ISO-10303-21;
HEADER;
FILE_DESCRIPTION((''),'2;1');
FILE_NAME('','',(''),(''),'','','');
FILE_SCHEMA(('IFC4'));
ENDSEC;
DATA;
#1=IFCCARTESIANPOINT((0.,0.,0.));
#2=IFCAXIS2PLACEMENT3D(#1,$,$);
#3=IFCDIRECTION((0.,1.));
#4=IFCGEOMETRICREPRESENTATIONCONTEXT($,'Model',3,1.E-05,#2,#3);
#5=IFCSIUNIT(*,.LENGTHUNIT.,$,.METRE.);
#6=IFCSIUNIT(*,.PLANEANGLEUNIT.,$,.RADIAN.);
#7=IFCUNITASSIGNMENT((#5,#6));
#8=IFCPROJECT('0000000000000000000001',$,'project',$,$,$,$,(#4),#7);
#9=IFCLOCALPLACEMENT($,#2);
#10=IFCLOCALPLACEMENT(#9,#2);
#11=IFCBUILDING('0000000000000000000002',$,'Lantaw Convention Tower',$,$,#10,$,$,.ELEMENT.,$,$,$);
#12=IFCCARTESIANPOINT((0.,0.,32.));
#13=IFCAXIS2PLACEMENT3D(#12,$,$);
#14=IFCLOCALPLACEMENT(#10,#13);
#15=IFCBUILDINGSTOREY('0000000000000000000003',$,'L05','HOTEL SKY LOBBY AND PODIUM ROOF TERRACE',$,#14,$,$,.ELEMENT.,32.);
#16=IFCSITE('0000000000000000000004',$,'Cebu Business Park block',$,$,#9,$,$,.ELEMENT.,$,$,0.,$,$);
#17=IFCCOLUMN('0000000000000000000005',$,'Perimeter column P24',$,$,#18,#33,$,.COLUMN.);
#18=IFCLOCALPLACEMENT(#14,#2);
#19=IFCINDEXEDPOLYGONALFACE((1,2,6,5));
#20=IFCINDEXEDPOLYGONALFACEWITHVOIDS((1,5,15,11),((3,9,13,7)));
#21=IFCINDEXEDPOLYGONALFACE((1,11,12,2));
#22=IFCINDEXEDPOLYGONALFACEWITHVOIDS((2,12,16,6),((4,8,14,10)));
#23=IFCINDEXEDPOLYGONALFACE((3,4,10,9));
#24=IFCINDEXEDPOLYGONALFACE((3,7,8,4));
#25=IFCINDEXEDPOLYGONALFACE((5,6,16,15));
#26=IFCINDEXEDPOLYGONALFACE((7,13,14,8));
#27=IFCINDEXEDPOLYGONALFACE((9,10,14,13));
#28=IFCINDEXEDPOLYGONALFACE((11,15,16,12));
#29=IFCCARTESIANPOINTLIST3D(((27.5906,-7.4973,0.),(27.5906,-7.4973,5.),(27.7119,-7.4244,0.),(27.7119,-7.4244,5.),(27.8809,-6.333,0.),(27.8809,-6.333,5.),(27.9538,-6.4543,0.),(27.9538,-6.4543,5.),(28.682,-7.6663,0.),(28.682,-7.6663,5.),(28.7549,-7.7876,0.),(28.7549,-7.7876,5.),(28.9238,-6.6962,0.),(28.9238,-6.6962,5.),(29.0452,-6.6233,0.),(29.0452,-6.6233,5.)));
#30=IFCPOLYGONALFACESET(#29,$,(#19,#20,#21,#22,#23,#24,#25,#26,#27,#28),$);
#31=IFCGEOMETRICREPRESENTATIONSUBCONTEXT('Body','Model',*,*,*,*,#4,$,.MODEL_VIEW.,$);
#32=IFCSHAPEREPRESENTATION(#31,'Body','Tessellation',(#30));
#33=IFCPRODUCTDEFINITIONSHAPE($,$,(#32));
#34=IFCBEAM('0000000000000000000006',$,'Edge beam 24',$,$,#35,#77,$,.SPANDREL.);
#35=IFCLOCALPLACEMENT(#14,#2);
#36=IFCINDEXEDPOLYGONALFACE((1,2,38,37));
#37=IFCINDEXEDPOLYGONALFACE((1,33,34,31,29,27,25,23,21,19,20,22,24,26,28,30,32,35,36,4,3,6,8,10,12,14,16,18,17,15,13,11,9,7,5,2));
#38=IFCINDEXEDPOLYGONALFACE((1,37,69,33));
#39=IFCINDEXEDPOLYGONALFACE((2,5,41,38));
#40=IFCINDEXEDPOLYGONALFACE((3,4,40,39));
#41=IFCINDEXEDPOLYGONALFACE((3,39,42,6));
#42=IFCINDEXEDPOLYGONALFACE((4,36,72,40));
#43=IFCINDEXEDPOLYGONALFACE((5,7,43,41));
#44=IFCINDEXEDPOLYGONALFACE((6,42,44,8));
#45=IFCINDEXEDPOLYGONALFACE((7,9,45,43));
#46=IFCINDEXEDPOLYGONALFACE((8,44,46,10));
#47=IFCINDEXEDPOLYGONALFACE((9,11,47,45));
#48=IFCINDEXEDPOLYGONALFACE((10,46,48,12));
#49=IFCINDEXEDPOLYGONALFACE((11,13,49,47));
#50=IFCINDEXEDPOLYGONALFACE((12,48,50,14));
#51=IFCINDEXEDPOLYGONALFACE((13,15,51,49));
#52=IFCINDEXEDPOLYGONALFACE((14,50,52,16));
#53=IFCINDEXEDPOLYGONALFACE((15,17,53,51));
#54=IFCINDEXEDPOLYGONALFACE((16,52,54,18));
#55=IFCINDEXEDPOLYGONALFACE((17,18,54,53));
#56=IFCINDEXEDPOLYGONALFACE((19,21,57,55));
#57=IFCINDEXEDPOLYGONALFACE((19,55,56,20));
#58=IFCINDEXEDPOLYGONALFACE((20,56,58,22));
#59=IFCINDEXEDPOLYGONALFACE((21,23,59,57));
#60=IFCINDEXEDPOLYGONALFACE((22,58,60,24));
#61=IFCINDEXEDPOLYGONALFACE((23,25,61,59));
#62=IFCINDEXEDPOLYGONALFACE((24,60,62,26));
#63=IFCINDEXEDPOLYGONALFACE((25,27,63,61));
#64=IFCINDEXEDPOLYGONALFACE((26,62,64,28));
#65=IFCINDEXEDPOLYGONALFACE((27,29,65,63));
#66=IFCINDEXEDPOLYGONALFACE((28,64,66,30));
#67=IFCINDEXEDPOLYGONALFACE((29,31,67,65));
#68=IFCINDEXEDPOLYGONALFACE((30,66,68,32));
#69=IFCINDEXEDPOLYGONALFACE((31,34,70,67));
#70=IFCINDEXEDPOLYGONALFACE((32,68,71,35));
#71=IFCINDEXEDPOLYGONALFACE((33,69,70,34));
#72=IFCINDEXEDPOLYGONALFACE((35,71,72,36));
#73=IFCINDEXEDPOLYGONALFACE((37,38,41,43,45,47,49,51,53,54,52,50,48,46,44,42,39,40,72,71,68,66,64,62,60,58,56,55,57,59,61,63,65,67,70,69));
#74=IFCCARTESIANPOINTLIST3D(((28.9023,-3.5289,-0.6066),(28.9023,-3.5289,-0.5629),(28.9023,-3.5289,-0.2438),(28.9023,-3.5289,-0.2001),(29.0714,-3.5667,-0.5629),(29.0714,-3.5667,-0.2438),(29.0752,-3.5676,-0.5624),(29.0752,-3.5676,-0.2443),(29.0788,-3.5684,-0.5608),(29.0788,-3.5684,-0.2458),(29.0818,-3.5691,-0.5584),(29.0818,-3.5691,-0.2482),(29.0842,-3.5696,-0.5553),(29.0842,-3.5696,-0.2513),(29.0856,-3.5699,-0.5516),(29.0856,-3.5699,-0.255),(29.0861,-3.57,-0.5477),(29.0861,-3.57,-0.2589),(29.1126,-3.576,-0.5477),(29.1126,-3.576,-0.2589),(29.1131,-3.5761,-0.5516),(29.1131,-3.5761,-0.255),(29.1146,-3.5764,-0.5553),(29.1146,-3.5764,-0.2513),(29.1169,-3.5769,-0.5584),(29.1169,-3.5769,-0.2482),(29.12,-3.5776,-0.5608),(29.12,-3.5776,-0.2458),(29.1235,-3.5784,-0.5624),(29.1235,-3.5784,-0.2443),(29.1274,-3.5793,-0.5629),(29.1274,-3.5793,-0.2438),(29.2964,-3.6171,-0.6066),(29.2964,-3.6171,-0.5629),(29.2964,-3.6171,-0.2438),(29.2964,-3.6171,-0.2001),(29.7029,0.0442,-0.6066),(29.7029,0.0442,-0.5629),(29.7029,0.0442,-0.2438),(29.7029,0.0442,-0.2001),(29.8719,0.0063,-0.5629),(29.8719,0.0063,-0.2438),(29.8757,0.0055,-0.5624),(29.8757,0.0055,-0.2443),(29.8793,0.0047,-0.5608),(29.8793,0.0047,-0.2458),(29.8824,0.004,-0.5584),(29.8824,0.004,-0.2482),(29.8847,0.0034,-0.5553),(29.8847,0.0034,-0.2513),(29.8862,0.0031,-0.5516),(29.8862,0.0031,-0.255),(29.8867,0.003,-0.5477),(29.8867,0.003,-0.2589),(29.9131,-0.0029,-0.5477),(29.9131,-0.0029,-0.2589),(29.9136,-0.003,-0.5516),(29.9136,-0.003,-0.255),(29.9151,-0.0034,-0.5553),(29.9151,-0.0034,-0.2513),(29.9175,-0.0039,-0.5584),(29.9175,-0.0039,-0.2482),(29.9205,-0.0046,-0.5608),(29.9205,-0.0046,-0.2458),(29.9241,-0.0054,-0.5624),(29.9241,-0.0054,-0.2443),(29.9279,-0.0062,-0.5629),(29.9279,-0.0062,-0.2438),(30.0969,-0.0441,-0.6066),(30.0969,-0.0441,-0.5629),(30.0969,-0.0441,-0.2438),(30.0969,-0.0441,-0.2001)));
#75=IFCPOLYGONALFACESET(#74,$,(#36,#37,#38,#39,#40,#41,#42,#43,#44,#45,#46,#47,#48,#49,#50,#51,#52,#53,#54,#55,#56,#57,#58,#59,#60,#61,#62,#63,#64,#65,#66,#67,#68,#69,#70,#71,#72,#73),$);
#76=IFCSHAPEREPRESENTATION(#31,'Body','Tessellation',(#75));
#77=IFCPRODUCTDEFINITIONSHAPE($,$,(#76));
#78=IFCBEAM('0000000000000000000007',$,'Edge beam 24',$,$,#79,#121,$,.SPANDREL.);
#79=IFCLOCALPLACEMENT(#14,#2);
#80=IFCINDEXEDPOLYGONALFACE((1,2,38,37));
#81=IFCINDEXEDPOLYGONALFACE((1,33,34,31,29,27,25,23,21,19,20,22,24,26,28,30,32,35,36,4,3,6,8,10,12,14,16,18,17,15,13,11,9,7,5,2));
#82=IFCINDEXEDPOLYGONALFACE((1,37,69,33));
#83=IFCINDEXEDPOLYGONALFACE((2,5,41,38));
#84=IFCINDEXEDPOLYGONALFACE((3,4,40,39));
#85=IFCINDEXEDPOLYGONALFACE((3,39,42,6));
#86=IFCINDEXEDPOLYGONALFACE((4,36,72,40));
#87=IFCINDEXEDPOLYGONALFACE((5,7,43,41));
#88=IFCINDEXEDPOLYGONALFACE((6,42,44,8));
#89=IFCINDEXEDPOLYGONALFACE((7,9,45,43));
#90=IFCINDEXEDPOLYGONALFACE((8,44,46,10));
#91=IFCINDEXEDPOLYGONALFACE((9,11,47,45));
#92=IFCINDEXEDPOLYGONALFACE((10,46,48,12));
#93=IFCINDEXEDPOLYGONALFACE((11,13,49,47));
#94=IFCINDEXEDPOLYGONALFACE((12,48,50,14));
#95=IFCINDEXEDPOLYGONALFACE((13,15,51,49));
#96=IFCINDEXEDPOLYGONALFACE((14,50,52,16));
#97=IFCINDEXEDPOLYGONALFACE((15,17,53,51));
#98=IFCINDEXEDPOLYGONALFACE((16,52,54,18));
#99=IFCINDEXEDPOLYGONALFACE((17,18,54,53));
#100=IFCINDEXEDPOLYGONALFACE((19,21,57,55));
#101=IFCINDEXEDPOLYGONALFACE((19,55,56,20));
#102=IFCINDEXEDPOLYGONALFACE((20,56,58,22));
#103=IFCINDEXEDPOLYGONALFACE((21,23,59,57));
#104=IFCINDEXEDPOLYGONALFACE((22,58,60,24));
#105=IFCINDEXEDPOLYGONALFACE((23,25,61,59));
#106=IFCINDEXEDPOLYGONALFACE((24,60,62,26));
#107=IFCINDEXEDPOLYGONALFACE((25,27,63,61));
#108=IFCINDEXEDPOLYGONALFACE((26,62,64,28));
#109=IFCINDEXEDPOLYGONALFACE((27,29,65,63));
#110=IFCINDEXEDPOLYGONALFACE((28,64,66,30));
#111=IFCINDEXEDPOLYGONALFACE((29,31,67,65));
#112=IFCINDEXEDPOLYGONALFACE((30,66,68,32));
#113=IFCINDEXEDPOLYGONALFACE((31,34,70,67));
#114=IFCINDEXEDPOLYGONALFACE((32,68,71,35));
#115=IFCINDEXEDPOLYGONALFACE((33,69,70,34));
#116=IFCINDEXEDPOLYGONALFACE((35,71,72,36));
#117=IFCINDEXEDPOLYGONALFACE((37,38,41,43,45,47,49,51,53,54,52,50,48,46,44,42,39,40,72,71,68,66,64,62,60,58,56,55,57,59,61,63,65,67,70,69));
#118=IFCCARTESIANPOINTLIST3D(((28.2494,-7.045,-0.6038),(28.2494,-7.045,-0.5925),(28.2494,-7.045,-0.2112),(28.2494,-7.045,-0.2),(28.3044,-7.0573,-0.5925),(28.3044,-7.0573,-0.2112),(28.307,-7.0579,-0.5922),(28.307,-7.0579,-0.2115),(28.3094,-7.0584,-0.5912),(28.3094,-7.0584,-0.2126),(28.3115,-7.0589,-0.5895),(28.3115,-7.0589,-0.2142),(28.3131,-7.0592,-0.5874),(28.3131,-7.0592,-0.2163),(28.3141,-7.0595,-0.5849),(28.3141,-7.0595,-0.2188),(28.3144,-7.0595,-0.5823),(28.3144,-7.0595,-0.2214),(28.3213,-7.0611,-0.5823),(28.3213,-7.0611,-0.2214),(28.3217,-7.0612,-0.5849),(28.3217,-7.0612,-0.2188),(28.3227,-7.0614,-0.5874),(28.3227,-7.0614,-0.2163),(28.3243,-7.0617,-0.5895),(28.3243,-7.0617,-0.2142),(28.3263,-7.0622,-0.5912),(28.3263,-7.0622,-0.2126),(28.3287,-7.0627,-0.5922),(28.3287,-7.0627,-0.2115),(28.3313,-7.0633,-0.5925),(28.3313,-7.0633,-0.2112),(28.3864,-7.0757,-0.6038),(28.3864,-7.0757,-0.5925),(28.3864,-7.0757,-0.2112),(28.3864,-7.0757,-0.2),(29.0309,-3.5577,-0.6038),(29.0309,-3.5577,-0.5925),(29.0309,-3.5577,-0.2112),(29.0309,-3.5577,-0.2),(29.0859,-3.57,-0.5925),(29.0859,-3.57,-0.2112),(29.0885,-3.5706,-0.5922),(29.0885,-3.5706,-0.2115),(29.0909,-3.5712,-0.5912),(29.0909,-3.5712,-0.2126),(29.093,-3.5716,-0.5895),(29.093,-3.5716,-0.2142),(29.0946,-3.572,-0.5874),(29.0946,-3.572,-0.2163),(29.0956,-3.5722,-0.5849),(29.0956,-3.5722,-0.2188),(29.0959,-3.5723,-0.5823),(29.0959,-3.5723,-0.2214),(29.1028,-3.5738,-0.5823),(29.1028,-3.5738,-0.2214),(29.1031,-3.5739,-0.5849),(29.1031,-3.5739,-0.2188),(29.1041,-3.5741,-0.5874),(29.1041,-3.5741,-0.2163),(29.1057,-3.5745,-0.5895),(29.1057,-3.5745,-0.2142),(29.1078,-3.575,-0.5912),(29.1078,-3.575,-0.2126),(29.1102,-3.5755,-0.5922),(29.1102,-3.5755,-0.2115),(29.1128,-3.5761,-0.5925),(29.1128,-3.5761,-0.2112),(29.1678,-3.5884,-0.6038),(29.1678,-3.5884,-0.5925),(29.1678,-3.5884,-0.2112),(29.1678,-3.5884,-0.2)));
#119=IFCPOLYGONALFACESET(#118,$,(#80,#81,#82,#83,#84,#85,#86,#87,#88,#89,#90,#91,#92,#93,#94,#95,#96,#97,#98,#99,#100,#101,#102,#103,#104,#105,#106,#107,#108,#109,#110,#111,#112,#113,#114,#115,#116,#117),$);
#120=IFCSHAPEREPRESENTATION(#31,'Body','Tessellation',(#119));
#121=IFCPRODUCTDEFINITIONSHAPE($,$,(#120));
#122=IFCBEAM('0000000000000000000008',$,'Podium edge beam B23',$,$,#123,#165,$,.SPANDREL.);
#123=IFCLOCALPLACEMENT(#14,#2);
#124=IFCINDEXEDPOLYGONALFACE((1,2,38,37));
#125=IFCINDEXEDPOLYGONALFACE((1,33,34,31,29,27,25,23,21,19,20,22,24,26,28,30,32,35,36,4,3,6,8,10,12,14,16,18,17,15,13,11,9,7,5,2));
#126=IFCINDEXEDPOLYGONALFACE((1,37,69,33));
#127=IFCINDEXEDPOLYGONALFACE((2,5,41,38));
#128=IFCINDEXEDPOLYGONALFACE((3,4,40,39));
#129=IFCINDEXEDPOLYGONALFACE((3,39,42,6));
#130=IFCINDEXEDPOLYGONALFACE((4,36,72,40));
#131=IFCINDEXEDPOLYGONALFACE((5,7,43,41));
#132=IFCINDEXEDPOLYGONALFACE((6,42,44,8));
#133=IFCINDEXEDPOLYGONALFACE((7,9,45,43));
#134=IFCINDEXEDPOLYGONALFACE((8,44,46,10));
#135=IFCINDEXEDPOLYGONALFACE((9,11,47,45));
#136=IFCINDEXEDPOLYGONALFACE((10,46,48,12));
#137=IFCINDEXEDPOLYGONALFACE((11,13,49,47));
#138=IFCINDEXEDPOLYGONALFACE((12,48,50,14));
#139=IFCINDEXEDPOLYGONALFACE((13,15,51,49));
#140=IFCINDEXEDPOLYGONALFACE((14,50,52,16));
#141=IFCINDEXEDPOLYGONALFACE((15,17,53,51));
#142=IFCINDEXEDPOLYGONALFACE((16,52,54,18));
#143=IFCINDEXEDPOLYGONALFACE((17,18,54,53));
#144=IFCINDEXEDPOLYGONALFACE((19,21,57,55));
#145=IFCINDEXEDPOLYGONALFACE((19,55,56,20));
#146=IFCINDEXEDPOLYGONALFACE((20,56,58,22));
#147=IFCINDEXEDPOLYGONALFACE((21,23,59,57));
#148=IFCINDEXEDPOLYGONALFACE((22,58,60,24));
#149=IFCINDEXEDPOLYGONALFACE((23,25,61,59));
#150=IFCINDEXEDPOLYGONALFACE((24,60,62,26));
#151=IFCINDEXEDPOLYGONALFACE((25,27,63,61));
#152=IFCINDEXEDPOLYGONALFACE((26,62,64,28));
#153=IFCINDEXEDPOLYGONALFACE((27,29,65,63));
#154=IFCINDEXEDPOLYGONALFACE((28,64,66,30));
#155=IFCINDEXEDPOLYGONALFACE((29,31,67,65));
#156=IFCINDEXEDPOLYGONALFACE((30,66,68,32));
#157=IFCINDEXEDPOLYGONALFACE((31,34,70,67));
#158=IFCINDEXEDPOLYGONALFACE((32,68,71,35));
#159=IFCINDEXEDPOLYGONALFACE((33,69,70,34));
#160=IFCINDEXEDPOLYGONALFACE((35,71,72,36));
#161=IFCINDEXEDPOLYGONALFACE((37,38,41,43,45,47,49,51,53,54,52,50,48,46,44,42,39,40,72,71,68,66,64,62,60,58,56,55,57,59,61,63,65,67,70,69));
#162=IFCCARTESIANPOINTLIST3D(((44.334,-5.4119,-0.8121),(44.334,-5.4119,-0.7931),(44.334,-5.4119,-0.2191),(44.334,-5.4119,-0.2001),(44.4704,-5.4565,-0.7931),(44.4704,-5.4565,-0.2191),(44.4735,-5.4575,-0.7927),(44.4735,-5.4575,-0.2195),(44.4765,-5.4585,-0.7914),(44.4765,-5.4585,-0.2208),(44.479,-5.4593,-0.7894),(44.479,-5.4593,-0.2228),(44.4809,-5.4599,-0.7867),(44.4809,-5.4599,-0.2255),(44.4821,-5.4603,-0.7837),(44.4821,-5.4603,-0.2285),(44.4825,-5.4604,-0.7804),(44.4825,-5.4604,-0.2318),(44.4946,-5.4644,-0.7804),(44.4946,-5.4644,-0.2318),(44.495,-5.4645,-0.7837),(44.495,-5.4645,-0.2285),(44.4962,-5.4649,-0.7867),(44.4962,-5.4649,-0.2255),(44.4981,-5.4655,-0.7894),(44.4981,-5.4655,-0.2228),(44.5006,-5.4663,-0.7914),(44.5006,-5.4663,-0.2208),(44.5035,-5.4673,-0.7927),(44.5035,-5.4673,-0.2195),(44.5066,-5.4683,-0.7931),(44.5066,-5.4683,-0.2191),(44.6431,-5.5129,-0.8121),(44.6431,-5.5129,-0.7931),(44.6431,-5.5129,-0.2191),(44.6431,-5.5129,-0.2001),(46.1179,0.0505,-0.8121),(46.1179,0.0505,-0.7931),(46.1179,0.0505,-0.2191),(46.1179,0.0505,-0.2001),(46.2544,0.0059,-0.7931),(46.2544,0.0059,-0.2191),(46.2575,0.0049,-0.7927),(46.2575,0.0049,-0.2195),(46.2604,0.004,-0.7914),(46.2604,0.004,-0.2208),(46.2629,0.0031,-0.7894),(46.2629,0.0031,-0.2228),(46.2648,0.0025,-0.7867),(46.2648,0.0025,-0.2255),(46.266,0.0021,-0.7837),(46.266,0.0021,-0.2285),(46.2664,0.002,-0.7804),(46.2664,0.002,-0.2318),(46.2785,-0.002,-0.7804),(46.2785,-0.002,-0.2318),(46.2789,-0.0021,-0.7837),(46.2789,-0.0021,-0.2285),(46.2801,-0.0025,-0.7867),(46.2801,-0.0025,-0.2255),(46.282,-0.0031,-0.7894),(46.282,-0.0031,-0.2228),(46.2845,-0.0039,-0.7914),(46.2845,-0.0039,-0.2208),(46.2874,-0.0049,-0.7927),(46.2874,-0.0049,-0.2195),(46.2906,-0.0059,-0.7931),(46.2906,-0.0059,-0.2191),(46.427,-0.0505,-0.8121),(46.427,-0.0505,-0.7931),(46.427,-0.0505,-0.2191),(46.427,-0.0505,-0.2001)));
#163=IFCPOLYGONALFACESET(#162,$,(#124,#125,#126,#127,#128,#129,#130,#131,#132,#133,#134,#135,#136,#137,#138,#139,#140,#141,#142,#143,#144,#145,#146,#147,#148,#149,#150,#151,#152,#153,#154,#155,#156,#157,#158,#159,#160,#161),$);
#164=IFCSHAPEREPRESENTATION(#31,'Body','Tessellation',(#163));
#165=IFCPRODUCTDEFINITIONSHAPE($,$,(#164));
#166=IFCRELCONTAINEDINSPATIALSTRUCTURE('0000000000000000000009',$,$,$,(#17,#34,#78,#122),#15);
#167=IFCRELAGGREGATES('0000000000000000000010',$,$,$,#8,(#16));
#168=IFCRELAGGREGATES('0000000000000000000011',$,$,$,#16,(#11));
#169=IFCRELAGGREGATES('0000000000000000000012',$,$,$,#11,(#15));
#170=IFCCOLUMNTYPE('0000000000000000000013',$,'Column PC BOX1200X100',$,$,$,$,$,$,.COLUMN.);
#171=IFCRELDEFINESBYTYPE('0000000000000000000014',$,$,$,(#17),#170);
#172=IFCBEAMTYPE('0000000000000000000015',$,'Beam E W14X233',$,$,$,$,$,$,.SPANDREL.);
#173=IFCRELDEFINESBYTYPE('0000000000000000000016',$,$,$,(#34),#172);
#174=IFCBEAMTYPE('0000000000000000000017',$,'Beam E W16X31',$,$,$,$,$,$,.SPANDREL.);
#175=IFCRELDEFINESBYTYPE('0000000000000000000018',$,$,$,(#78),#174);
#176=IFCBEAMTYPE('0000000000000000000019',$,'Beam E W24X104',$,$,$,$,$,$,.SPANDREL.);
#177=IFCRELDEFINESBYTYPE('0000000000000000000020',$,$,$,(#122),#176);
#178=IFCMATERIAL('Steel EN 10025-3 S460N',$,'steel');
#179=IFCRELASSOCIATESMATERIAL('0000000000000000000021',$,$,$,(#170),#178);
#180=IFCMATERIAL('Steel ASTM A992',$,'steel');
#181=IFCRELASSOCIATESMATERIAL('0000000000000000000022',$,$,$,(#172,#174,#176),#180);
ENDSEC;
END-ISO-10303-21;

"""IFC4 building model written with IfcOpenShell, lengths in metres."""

from ifc_helpers import new_model, si_unit, direction, frame, origin, origin_2d, place, context, subcontext, project, spatial, rectangle, hollow_rectangle, i_section, extrude, material, material_profile, profile_set, type_object, element, save


model = new_model("IFC4")

# Units and contexts
model_context = context("Model", 3, precision=1e-05, world=origin(), true_north=direction((0.0, 1.0)))
body_context = subcontext(model_context, "Body", "Model", "MODEL_VIEW")
ifc_project = project(units=[si_unit("LENGTHUNIT", "METRE"), si_unit("PLANEANGLEUNIT", "RADIAN")], contexts=[model_context])

# Site, building, storey
site_placement = place(None, origin())
site = spatial("IfcSite", under=ifc_project, at=site_placement, Name="Cebu Business Park block", CompositionType="ELEMENT", RefElevation=0.0)
building_placement = place(site_placement, origin())
building = spatial("IfcBuilding", under=site, at=building_placement, Name="Lantaw Convention Tower", CompositionType="ELEMENT")
storey_placement = place(building_placement, frame((0.0, 0.0, 32.0)))
storey = spatial("IfcBuildingStorey", under=building, at=storey_placement, Name="L05", Description="HOTEL SKY LOBBY AND PODIUM ROOF TERRACE", CompositionType="ELEMENT", Elevation=32.0)

# Column
ifc_material_1 = material(Name="Steel EN 10025-3 S460N", Category="steel")
ifc_material_profile_1 = material_profile(ifc_material_1, hollow_rectangle(XDim=1.2, YDim=1.2, WallThickness=0.1001, at=origin_2d()), Name="BOX1200X100")
ifc_material_2 = material(Name="Concrete C60/75", Category="concrete")
ifc_material_profile_2 = material_profile(ifc_material_2, rectangle(XDim=1.0, YDim=1.0, at=origin_2d()), Name="Concrete fill of BOX1200X100")
ifc_profile_set_1 = profile_set([ifc_material_profile_1, ifc_material_profile_2], Name="Steel EN 10025-3 S460N")
column_type = type_object("IfcColumnType", Name="Column PC BOX1200X100", PredefinedType="COLUMN", material=ifc_profile_set_1)
column_placement = place(storey_placement, frame((28.3179, -7.0603, 0.0), z_axis=(0.0, 0.0, 1.0), x_axis=(0.241922, 0.970296, 0.0)))
element("IfcColumn", 1, at=column_placement, inside=storey, type_object=column_type, Name="Perimeter column P24", PredefinedType="COLUMN", context=body_context, shape_type="SweptSolid", body=[
    extrude(hollow_rectangle(XDim=1.2, YDim=1.2, WallThickness=0.1001, at=origin_2d()), origin(), (0.0, 0.0, 1.0), 5.0),
])

# Beams
ifc_material_3 = material(Name="Steel ASTM A992", Category="steel")
ifc_material_profile_3 = material_profile(ifc_material_3, i_section(OverallWidth=0.4038, OverallDepth=0.4065, WebThickness=0.0271, FlangeThickness=0.0437, FilletRadius=0.0151, at=origin_2d()), Name="W14X233")
ifc_profile_set_2 = profile_set([ifc_material_profile_3], Name="Steel ASTM A992")
beam_type_1 = type_object("IfcBeamType", Name="Beam E W14X233", PredefinedType="SPANDREL", material=ifc_profile_set_2)
beam_1_placement = place(storey_placement, frame((29.0994, -3.573, -0.4033), z_axis=(0.218632, 0.975807, 0.0), x_axis=(-0.975807, 0.218632, 0.0)))
element("IfcBeam", 2, at=beam_1_placement, inside=storey, type_object=beam_type_1, Name="Edge beam 24", PredefinedType="SPANDREL", context=body_context, shape_type="SweptSolid", body=[
    extrude(i_section(OverallWidth=0.4038, OverallDepth=0.4065, WebThickness=0.0271, FlangeThickness=0.0437, FilletRadius=0.0151, at=origin_2d()), origin(), (0.0, 0.0, 1.0), 3.6616),
])
ifc_material_profile_4 = material_profile(ifc_material_3, i_section(OverallWidth=0.1404, OverallDepth=0.4038, WebThickness=0.0071, FlangeThickness=0.0112, FilletRadius=0.0103, at=origin_2d()), Name="W16X31")
ifc_profile_set_3 = profile_set([ifc_material_profile_4], Name="Steel ASTM A992")
beam_type_2 = type_object("IfcBeamType", Name="Beam E W16X31", PredefinedType="SPANDREL", material=ifc_profile_set_3)
beam_2_placement = place(storey_placement, frame((28.3179, -7.0603, -0.4019), z_axis=(0.218673, 0.975798, 0.0), x_axis=(-0.975798, 0.218673, 0.0)))
element("IfcBeam", 3, at=beam_2_placement, inside=storey, type_object=beam_type_2, Name="Edge beam 24", PredefinedType="SPANDREL", context=body_context, shape_type="SweptSolid", body=[
    extrude(i_section(OverallWidth=0.1404, OverallDepth=0.4038, WebThickness=0.0071, FlangeThickness=0.0112, FilletRadius=0.0103, at=origin_2d()), origin(), (0.0, 0.0, 1.0), 3.5737),
])
ifc_material_profile_5 = material_profile(ifc_material_3, i_section(OverallWidth=0.3252, OverallDepth=0.6121, WebThickness=0.0127, FlangeThickness=0.019, FilletRadius=0.0127, at=origin_2d()), Name="W24X104")
ifc_profile_set_4 = profile_set([ifc_material_profile_5], Name="Steel ASTM A992")
beam_type_3 = type_object("IfcBeamType", Name="Beam E W24X104", PredefinedType="SPANDREL", material=ifc_profile_set_4)
beam_3_placement = place(storey_placement, frame((44.4885, -5.4624, -0.5061), z_axis=(0.310448, 0.95059, 0.0), x_axis=(-0.95059, 0.310448, 0.0)))
element("IfcBeam", 4, at=beam_3_placement, inside=storey, type_object=beam_type_3, Name="Podium edge beam B23", PredefinedType="SPANDREL", context=body_context, shape_type="SweptSolid", body=[
    extrude(i_section(OverallWidth=0.3252, OverallDepth=0.6121, WebThickness=0.0127, FlangeThickness=0.019, FilletRadius=0.0127, at=origin_2d()), origin(), (0.0, 0.0, 1.0), 5.7463),
])

save(model, "model.ifc")
